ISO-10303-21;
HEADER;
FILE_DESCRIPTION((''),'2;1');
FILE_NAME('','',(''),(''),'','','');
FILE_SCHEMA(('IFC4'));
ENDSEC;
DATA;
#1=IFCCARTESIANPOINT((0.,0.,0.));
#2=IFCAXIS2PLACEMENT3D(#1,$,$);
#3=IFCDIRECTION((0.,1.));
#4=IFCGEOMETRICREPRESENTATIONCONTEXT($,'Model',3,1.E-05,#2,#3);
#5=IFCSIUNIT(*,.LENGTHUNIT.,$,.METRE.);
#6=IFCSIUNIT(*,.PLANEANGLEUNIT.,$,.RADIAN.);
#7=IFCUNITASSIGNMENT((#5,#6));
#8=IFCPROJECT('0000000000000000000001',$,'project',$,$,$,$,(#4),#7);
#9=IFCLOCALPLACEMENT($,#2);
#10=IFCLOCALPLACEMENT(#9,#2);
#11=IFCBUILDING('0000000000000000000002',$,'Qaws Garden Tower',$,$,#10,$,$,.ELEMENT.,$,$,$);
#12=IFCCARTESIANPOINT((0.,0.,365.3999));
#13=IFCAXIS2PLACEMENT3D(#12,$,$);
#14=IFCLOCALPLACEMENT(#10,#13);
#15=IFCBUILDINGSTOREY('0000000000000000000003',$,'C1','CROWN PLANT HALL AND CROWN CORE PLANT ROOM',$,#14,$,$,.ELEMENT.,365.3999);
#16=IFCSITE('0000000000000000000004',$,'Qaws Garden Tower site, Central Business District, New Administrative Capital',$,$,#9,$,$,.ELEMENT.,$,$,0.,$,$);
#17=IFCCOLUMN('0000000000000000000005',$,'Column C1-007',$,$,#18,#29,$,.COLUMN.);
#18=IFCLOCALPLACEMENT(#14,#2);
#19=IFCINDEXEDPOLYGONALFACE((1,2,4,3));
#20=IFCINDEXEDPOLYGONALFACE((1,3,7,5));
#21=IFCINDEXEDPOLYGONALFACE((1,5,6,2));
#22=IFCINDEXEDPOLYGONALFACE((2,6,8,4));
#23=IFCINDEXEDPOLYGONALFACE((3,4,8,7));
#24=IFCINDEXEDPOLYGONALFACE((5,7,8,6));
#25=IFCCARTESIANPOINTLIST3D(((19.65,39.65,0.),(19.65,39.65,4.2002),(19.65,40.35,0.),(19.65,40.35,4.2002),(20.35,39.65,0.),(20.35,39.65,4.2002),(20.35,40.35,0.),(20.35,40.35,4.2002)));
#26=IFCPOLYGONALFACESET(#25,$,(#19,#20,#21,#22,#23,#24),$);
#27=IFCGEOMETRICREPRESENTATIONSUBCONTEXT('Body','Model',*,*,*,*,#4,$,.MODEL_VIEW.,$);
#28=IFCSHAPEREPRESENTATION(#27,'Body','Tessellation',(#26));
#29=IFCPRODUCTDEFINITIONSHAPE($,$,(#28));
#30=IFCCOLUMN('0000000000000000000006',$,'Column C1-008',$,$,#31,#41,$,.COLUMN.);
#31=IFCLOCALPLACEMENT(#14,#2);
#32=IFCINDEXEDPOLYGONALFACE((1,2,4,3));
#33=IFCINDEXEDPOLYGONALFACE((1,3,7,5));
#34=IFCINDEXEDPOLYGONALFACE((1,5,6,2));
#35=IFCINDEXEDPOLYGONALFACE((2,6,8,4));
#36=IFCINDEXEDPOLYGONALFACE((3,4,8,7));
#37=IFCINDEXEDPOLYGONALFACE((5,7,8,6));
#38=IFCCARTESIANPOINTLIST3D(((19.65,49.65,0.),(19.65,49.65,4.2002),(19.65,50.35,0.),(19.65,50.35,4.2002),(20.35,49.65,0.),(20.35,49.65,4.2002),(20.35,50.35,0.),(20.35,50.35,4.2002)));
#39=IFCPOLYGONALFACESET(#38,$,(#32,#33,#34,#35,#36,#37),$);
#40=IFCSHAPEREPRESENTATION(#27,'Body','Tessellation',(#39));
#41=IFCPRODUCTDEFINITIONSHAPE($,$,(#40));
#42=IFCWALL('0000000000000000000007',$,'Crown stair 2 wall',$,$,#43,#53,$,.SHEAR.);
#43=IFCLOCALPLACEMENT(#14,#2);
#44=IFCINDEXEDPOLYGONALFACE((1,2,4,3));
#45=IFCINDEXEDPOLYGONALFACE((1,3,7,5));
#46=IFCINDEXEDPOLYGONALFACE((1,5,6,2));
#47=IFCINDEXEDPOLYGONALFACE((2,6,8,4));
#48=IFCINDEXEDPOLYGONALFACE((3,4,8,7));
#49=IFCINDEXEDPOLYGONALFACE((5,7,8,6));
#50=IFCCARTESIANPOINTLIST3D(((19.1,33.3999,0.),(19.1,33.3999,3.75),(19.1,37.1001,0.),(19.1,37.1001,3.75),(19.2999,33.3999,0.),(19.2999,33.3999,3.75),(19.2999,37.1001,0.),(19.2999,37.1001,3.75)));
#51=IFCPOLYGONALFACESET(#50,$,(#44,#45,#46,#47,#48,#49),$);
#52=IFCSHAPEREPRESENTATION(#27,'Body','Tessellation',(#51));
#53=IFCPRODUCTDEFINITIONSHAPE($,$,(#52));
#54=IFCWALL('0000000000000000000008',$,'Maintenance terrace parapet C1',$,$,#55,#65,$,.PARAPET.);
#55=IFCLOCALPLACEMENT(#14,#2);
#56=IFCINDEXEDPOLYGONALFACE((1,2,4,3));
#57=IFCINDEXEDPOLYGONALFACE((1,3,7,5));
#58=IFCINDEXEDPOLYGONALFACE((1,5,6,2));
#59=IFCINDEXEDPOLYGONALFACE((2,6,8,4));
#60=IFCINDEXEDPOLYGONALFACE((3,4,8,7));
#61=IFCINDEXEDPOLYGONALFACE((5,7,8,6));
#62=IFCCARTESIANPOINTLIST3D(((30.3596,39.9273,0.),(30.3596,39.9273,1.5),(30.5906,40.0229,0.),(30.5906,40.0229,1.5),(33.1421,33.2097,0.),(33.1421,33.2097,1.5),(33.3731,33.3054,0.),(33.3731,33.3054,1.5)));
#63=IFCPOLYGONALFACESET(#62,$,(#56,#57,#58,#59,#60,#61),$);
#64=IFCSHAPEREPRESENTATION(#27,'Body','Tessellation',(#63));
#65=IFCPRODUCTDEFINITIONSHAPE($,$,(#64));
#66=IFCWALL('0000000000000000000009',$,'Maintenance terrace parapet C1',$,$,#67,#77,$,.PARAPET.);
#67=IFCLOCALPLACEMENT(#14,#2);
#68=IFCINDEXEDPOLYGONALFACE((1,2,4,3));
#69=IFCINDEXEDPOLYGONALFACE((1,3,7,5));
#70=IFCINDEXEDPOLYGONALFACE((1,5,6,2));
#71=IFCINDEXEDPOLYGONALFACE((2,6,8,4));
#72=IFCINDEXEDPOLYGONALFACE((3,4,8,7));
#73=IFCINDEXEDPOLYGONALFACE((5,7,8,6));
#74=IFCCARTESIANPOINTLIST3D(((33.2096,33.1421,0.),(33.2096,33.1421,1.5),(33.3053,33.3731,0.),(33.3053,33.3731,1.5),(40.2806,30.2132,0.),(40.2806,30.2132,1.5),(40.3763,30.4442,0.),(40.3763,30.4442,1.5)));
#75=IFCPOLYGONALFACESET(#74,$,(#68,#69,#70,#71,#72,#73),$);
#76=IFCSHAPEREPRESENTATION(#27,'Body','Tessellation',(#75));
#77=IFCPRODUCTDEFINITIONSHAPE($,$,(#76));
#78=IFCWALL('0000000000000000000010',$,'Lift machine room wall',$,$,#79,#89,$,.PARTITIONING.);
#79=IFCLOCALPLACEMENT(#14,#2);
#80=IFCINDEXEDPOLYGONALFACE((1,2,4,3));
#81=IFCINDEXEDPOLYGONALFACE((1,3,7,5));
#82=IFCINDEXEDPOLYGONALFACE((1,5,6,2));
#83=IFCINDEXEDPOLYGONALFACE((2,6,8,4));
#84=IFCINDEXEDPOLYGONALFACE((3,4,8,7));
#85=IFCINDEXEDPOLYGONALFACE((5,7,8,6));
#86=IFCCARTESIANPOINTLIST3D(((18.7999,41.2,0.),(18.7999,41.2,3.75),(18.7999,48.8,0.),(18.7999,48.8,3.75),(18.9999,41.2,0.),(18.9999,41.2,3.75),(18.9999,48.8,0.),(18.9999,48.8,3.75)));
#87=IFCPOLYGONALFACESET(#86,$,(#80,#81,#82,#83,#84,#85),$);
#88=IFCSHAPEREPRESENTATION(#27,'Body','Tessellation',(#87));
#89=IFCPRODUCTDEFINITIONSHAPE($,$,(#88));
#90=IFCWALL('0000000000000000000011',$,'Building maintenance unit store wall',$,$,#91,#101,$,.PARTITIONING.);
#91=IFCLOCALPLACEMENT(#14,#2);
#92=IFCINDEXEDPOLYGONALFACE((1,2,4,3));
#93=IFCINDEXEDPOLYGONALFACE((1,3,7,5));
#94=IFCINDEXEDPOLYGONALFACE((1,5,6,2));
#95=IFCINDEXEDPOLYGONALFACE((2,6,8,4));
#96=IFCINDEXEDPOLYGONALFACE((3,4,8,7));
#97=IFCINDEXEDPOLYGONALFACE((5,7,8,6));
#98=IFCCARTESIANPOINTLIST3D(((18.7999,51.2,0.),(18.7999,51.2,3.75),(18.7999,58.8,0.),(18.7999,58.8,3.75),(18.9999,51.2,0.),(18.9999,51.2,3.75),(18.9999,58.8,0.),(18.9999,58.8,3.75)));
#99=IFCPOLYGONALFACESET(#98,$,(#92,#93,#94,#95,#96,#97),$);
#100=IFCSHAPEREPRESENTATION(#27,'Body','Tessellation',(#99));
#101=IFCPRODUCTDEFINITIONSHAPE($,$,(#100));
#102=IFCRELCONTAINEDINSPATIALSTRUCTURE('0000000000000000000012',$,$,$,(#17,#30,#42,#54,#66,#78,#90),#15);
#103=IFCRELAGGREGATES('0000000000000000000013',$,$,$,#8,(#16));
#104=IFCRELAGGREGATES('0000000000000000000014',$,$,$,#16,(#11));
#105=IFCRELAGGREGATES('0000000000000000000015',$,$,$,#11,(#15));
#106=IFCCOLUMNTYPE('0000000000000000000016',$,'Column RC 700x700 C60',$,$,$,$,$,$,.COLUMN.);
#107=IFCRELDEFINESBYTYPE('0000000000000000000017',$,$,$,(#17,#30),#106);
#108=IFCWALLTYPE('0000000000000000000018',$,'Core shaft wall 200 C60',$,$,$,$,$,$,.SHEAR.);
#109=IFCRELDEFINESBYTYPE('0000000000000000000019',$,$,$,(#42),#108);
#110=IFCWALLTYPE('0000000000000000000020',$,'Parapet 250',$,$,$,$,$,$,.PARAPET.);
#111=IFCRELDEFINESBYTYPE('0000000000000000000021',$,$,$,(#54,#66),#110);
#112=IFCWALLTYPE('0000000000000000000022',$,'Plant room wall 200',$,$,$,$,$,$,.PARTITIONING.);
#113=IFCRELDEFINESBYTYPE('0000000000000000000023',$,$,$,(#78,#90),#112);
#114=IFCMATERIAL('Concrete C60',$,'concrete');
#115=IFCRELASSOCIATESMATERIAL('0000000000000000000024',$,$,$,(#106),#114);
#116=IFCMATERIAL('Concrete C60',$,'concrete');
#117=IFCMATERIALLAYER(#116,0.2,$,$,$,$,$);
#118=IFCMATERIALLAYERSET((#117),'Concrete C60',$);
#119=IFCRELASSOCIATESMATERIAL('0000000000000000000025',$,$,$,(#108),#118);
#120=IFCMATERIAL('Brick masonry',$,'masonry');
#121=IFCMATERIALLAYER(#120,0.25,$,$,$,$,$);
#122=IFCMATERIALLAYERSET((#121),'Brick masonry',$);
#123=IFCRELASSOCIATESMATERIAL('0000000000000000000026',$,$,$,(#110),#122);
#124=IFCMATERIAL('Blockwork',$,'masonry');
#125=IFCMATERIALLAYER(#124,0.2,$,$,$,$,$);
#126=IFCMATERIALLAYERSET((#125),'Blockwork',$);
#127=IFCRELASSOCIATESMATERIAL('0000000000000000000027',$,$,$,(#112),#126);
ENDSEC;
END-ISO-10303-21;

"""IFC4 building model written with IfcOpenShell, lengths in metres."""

from ifc_helpers import new_model, si_unit, direction, frame, frame_2d, origin, origin_2d, place, context, subcontext, project, spatial, rectangle, extrude, material, layer, layer_set, material_profile, profile_set, type_object, element, save


model = new_model("IFC4")

# Units and contexts
model_context = context("Model", 3, precision=1e-05, world=origin(), true_north=direction((0.0, 1.0)))
body_context = subcontext(model_context, "Body", "Model", "MODEL_VIEW")
ifc_project = project(units=[si_unit("LENGTHUNIT", "METRE"), si_unit("PLANEANGLEUNIT", "RADIAN")], contexts=[model_context])

# Site, building, storey
site_placement = place(None, origin())
site = spatial("IfcSite", under=ifc_project, at=site_placement, Name="Qaws Garden Tower site, Central Business District, New Administrative Capital", CompositionType="ELEMENT", RefElevation=0.0)
building_placement = place(site_placement, origin())
building = spatial("IfcBuilding", under=site, at=building_placement, Name="Qaws Garden Tower", CompositionType="ELEMENT")
storey_placement = place(building_placement, frame((0.0, 0.0, 365.3999)))
storey = spatial("IfcBuildingStorey", under=building, at=storey_placement, Name="C1", Description="CROWN PLANT HALL AND CROWN CORE PLANT ROOM", CompositionType="ELEMENT", Elevation=365.3999)

# Columns
ifc_material_1 = material(Name="Concrete C60", Category="concrete")
ifc_material_profile = material_profile(ifc_material_1, rectangle(XDim=0.7, YDim=0.7, at=origin_2d()), Name="RC 700x700")
ifc_profile_set = profile_set([ifc_material_profile], Name="Concrete C60")
column_type = type_object("IfcColumnType", Name="Column RC 700x700 C60", PredefinedType="COLUMN", material=ifc_profile_set)
for number, where, z_axis, x_axis, name in (
    (1, (20.0, 40.0, 0.0), (0.0, 0.0, 1.0), (1.0, 0.0, 0.0), "Column C1-007"),
    (2, (20.0, 50.0, 0.0), (0.0, 0.0, 1.0), (1.0, 0.0, 0.0), "Column C1-008"),
):
    element("IfcColumn", number, at=place(storey_placement, frame(where, z_axis=z_axis, x_axis=x_axis)), inside=storey, type_object=column_type, Name=name, PredefinedType="COLUMN", context=body_context, shape_type="SweptSolid", body=[
        extrude(rectangle(XDim=0.7, YDim=0.7, at=origin_2d()), origin(), (0.0, 0.0, 1.0), 4.2002),
    ])

# Walls
ifc_material_2 = material(Name="Concrete C60", Category="concrete")
ifc_layer_1 = layer(ifc_material_2, 0.2)
ifc_layer_set_1 = layer_set([ifc_layer_1], Name="Concrete C60")
wall_type_1 = type_object("IfcWallType", Name="Core shaft wall 200 C60", PredefinedType="SHEAR", material=ifc_layer_set_1)
wall_1_placement = place(storey_placement, frame((19.2, 33.3999, 0.0), z_axis=(0.0, 0.0, 1.0), x_axis=(0.0, 1.0, 0.0)))
element("IfcWall", 3, at=wall_1_placement, inside=storey, type_object=wall_type_1, Name="Crown stair 2 wall", PredefinedType="SHEAR", context=body_context, shape_type="SweptSolid", body=[
    extrude(rectangle(XDim=3.7002, YDim=0.2, at=frame_2d((1.8501, 0.0))), origin(), (0.0, 0.0, 1.0), 3.75),
])
ifc_material_3 = material(Name="Brick masonry", Category="masonry")
ifc_layer_2 = layer(ifc_material_3, 0.25)
ifc_layer_set_2 = layer_set([ifc_layer_2], Name="Brick masonry")
wall_type_2 = type_object("IfcWallType", Name="Parapet 250", PredefinedType="PARAPET", material=ifc_layer_set_2)
wall_2_placement = place(storey_placement, frame((30.4751, 39.9751, 0.0), z_axis=(0.0, 0.0, 1.0), x_axis=(0.382681, -0.923881, 0.0)))
element("IfcWall", 4, at=wall_2_placement, inside=storey, type_object=wall_type_2, Name="Maintenance terrace parapet C1", PredefinedType="PARAPET", context=body_context, shape_type="SweptSolid", body=[
    extrude(rectangle(XDim=7.271, YDim=0.25, at=frame_2d((3.6355, 0.0))), origin(), (0.0, 0.0, 1.0), 1.5),
])
wall_3_placement = place(storey_placement, frame((33.2576, 33.2576, 0.0), z_axis=(0.0, 0.0, 1.0), x_axis=(0.923878, -0.382687, 0.0)))
element("IfcWall", 5, at=wall_3_placement, inside=storey, type_object=wall_type_2, Name="Maintenance terrace parapet C1", PredefinedType="PARAPET", context=body_context, shape_type="SweptSolid", body=[
    extrude(rectangle(XDim=7.6536, YDim=0.25, at=frame_2d((3.8267, 0.0))), origin(), (0.0, 0.0, 1.0), 1.5),
])
ifc_material_4 = material(Name="Blockwork", Category="masonry")
ifc_layer_3 = layer(ifc_material_4, 0.2)
ifc_layer_set_3 = layer_set([ifc_layer_3], Name="Blockwork")
wall_type_3 = type_object("IfcWallType", Name="Plant room wall 200", PredefinedType="PARTITIONING", material=ifc_layer_set_3)
for number, where, z_axis, x_axis, name in (
    (6, (18.8999, 41.2, 0.0), (0.0, 0.0, 1.0), (0.0, 1.0, 0.0), "Lift machine room wall"),
    (7, (18.8999, 51.2, 0.0), (0.0, 0.0, 1.0), (0.0, 1.0, 0.0), "Building maintenance unit store wall"),
):
    element("IfcWall", number, at=place(storey_placement, frame(where, z_axis=z_axis, x_axis=x_axis)), inside=storey, type_object=wall_type_3, Name=name, PredefinedType="PARTITIONING", context=body_context, shape_type="SweptSolid", body=[
        extrude(rectangle(XDim=7.6001, YDim=0.2, at=frame_2d((3.8, 0.0))), origin(), (0.0, 0.0, 1.0), 3.75),
    ])

save(model, "model.ifc")
